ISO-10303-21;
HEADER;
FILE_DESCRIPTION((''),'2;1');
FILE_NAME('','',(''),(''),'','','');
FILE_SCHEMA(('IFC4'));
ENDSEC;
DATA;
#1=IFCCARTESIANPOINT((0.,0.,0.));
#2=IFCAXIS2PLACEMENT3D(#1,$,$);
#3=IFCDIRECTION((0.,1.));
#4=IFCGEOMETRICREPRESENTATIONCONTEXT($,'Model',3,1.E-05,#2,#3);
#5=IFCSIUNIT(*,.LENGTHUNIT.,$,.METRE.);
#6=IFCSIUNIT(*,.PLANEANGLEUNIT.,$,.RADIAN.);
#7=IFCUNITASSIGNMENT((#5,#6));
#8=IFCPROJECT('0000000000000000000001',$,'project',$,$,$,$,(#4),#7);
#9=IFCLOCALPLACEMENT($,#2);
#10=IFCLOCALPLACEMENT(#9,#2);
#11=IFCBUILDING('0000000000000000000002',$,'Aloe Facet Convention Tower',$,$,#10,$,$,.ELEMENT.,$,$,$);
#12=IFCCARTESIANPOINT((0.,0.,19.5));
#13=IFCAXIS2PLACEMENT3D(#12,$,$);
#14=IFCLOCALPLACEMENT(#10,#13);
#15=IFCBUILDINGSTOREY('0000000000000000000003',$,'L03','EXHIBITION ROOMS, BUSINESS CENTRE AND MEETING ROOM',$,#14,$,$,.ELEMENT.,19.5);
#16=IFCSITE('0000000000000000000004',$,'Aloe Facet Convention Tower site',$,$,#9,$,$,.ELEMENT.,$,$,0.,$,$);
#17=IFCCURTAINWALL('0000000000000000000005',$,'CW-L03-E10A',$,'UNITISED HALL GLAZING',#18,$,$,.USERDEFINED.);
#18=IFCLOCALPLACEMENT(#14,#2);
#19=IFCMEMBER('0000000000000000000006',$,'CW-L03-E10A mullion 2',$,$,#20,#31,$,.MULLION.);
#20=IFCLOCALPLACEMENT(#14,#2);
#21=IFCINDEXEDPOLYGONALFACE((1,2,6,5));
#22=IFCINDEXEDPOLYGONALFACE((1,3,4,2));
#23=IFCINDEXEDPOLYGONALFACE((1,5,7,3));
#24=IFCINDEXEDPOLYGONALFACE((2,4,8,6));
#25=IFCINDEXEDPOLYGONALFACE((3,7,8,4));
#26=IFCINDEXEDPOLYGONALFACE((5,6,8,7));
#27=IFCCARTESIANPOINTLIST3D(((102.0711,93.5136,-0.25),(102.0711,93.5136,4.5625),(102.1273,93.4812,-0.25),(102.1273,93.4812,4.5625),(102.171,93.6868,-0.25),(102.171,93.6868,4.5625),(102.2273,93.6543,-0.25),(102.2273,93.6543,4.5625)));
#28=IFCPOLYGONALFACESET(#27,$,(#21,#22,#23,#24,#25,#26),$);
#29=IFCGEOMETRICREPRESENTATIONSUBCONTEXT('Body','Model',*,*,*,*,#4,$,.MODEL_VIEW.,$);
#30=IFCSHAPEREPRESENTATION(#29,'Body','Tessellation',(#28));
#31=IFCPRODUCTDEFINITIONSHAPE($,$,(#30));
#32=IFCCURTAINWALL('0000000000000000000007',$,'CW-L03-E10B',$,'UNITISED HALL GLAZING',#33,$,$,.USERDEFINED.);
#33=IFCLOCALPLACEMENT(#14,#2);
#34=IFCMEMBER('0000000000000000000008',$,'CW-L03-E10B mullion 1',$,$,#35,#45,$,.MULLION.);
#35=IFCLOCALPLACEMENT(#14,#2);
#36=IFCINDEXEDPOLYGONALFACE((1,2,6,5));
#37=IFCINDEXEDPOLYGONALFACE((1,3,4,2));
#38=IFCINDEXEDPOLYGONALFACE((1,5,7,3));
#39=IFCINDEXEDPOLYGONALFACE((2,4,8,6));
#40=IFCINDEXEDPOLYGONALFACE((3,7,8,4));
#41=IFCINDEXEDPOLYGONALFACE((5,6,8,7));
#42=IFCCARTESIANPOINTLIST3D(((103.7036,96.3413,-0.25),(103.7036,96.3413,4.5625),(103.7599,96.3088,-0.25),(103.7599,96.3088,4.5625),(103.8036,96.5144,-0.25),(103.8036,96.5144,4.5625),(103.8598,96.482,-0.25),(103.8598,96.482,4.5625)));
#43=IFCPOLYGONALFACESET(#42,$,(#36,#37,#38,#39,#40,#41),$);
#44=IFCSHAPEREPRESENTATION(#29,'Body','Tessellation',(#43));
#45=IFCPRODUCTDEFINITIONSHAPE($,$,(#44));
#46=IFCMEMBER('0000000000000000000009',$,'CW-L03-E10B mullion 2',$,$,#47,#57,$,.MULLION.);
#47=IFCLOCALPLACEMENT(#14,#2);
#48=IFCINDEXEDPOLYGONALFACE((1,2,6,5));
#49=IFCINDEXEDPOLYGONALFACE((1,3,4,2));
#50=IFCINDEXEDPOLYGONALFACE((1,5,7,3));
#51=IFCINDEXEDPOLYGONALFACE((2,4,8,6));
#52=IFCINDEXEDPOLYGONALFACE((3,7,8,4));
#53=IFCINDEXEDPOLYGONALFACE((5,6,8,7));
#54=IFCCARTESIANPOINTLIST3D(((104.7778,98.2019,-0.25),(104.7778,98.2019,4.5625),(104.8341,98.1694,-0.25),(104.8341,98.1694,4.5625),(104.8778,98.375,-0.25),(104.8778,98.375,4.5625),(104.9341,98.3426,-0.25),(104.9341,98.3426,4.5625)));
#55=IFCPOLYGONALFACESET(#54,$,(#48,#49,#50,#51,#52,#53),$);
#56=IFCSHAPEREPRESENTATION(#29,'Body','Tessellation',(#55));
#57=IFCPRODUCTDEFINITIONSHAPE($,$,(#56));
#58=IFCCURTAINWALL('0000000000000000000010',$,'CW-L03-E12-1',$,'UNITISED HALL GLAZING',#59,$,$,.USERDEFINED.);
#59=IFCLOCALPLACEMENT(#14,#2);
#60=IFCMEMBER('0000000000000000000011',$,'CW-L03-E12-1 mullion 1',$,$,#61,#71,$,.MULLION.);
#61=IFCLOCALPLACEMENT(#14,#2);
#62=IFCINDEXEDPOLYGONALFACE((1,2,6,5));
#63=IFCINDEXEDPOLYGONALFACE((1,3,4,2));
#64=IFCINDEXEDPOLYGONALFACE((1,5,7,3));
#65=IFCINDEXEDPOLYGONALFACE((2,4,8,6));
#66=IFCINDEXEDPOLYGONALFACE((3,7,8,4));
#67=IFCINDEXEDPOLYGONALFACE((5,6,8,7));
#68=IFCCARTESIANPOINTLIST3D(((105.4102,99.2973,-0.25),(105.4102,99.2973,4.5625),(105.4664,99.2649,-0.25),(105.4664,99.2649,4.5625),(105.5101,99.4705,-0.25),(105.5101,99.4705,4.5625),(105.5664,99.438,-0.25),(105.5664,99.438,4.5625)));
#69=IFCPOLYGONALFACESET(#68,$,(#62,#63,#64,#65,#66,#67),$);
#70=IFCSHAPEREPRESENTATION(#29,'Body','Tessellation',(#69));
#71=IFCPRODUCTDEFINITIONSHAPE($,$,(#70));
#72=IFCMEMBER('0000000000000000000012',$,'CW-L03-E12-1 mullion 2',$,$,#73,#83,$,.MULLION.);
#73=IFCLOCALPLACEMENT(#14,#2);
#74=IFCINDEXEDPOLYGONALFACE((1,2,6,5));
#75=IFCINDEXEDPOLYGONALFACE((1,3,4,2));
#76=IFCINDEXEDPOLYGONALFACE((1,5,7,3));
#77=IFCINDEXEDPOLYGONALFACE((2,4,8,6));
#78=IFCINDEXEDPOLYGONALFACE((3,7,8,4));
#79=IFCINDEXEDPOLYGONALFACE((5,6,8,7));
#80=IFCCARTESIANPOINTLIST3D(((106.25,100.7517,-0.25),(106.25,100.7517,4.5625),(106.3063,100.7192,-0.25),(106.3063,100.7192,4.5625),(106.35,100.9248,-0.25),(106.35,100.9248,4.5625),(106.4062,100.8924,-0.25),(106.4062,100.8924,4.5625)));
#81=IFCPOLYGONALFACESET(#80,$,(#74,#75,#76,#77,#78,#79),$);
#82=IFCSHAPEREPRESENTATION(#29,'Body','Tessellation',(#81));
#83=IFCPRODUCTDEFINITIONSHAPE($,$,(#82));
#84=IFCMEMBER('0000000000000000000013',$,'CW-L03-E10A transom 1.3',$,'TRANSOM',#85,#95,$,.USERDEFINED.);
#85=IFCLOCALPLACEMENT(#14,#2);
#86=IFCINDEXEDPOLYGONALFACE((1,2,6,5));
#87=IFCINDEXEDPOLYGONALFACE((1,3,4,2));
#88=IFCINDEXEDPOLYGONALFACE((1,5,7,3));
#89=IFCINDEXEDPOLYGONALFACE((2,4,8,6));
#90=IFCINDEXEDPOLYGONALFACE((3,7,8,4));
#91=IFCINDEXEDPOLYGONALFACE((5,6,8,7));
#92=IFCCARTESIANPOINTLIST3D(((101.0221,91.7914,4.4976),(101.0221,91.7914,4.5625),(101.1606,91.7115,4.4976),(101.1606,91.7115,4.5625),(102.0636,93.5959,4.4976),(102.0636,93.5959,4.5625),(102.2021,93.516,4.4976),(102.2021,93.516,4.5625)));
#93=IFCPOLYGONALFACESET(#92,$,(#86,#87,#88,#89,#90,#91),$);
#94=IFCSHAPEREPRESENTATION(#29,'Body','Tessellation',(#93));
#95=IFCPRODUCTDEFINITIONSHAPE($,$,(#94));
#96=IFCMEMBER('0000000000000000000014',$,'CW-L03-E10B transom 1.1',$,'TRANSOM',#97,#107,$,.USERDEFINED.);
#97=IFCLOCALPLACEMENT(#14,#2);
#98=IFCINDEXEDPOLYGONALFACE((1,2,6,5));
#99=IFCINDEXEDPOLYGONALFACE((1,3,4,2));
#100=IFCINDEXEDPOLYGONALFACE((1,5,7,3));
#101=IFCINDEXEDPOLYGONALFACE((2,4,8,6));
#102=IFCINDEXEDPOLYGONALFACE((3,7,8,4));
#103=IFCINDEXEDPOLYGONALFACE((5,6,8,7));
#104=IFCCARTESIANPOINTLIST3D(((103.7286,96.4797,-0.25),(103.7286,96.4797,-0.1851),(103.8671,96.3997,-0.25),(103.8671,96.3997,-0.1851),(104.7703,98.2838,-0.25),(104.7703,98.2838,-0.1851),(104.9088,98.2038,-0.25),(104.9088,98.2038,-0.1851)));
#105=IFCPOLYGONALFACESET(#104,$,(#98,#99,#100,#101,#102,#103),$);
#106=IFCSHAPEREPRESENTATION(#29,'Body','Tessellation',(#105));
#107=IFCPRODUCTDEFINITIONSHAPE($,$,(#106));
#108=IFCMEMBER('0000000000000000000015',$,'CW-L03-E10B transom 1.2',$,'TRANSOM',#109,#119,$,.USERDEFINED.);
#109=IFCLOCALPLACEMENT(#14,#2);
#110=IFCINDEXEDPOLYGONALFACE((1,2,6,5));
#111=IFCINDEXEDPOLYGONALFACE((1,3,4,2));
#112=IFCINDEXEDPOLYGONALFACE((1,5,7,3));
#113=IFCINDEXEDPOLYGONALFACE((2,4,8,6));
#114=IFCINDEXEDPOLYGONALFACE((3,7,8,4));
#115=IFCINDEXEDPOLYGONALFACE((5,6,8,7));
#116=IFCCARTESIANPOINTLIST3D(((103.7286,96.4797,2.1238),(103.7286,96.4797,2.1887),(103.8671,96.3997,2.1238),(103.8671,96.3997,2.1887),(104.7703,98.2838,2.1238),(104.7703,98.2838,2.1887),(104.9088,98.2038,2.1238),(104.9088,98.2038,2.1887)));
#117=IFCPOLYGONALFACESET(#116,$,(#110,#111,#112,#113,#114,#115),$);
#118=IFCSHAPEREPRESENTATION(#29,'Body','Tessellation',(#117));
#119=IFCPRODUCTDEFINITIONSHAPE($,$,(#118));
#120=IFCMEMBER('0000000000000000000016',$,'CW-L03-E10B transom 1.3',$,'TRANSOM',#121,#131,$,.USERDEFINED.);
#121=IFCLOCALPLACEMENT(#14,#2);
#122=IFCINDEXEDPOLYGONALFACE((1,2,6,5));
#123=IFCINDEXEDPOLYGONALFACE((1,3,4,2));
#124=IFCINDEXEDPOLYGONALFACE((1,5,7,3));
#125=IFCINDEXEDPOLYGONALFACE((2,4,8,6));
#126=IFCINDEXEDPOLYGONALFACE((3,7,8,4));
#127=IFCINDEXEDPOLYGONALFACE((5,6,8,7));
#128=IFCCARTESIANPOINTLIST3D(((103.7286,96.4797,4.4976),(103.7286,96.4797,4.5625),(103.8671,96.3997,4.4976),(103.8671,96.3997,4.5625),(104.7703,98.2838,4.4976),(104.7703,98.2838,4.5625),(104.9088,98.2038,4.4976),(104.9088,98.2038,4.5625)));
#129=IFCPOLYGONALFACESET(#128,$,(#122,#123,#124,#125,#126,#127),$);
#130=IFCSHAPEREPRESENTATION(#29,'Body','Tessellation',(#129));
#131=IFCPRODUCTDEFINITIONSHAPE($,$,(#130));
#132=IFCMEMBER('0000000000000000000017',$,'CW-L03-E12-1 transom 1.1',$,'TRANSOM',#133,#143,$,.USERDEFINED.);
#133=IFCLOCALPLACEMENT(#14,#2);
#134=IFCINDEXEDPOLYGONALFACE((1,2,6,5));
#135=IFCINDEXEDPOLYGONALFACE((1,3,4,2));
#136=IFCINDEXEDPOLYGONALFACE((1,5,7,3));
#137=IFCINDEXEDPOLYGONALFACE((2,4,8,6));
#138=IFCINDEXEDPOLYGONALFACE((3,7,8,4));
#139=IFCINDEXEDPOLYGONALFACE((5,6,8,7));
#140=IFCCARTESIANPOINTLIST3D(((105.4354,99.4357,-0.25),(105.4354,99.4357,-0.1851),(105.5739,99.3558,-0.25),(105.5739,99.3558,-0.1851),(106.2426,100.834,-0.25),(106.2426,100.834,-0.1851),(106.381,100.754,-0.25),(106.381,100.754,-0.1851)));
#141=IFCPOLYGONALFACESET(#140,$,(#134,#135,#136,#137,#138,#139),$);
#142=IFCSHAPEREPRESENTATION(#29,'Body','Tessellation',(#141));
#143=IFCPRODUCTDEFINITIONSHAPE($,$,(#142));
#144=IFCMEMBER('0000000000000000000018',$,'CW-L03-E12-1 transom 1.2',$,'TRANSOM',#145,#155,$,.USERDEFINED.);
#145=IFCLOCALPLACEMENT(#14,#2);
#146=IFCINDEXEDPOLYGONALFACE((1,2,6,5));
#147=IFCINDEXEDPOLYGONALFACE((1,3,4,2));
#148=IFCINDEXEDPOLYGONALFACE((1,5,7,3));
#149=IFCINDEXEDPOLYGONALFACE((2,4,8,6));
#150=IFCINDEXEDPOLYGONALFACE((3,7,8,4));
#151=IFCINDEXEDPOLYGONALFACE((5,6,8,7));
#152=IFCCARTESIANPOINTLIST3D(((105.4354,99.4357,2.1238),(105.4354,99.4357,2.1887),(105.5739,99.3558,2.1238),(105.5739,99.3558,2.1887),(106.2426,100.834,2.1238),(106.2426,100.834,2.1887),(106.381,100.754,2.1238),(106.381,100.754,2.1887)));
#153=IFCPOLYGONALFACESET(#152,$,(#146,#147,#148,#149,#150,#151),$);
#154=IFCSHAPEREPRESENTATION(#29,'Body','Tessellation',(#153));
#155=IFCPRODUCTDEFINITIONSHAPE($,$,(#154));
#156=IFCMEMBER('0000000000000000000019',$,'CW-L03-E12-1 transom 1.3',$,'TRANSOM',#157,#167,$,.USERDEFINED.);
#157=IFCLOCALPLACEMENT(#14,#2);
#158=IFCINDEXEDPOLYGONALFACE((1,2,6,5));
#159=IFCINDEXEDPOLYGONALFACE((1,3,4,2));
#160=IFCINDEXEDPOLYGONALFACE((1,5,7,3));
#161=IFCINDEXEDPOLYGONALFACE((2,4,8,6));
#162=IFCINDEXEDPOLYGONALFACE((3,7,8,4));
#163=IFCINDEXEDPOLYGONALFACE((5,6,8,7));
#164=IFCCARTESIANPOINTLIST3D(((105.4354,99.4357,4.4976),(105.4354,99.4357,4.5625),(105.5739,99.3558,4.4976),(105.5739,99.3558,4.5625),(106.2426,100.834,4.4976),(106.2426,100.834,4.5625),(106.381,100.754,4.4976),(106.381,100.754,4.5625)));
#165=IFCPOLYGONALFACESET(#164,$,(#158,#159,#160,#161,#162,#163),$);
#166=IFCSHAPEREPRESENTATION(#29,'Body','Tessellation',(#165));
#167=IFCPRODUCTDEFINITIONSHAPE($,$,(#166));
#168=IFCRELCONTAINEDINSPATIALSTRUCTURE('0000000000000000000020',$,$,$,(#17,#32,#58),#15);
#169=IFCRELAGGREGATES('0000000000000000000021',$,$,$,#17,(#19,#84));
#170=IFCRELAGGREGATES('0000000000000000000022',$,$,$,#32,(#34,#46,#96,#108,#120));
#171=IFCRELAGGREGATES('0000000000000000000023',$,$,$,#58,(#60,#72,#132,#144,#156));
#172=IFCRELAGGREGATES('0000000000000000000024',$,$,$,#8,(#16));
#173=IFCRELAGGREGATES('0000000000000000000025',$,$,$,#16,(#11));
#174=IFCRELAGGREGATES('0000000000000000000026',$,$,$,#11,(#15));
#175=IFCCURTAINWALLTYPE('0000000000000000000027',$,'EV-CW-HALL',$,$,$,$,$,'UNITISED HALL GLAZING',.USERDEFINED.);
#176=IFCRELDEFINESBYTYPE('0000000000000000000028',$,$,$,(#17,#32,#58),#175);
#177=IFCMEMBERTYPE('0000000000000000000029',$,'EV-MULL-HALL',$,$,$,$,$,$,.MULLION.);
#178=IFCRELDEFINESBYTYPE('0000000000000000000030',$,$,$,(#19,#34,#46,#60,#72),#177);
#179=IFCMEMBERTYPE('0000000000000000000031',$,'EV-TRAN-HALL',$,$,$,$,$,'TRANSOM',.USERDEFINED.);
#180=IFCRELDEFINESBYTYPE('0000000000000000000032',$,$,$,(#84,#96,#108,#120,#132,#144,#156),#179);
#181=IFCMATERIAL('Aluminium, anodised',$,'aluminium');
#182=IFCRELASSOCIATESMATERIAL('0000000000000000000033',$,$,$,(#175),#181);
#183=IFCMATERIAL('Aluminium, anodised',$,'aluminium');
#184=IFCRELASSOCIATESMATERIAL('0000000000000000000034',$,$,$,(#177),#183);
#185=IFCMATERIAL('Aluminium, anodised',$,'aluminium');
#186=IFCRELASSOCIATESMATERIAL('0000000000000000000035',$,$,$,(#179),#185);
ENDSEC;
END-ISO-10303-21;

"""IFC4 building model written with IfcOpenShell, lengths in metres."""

from ifc_helpers import new_model, si_unit, direction, frame, origin, origin_2d, place, context, subcontext, project, spatial, rectangle, extrude, material, material_profile, profile_set, type_object, element, aggregate, save


model = new_model("IFC4")

# Units and contexts
model_context = context("Model", 3, precision=1e-05, world=origin(), true_north=direction((0.0, 1.0)))
body_context = subcontext(model_context, "Body", "Model", "MODEL_VIEW")
ifc_project = project(units=[si_unit("LENGTHUNIT", "METRE"), si_unit("PLANEANGLEUNIT", "RADIAN")], contexts=[model_context])

# Site, building, storey
site_placement = place(None, origin())
site = spatial("IfcSite", under=ifc_project, at=site_placement, Name="Aloe Facet Convention Tower site", CompositionType="ELEMENT", RefElevation=0.0)
building_placement = place(site_placement, origin())
building = spatial("IfcBuilding", under=site, at=building_placement, Name="Aloe Facet Convention Tower", CompositionType="ELEMENT")
storey_placement = place(building_placement, frame((0.0, 0.0, 19.5)))
storey = spatial("IfcBuildingStorey", under=building, at=storey_placement, Name="L03", Description="EXHIBITION ROOMS, BUSINESS CENTRE AND MEETING ROOM", CompositionType="ELEMENT", Elevation=19.5)

# Curtain wall, member
ifc_material_1 = material(Name="Aluminium, anodised", Category="aluminium")
curtain_wall_type = type_object("IfcCurtainWallType", Name="EV-CW-HALL", ElementType="UNITISED HALL GLAZING", PredefinedType="USERDEFINED", material=ifc_material_1)
curtain_wall_1_placement = place(storey_placement, origin())
curtain_wall_1 = element("IfcCurtainWall", 1, at=curtain_wall_1_placement, inside=storey, type_object=curtain_wall_type, Name="CW-L03-E10A", ObjectType="UNITISED HALL GLAZING", PredefinedType="USERDEFINED")
ifc_material_2 = material(Name="Aluminium, anodised", Category="aluminium")
ifc_material_profile_1 = material_profile(ifc_material_2, rectangle(XDim=0.0649, YDim=0.2, at=origin_2d()), Name="AL 65x200")
ifc_profile_set_1 = profile_set([ifc_material_profile_1], Name="Aluminium, anodised")
member_type_1 = type_object("IfcMemberType", Name="EV-MULL-HALL", PredefinedType="MULLION", material=ifc_profile_set_1)
member_1_placement = place(storey_placement, frame((102.1492, 93.584, -0.25), z_axis=(0.0, 0.0, 1.0), x_axis=(-0.866025, 0.5, 0.0)))
member_1 = element("IfcMember", 2, at=member_1_placement, type_object=member_type_1, Name="CW-L03-E10A mullion 2", PredefinedType="MULLION", context=body_context, shape_type="SweptSolid", body=[
    extrude(rectangle(XDim=0.0649, YDim=0.2, at=origin_2d()), origin(), (0.0, 0.0, 1.0), 4.8125),
])

# Curtain walls, members
curtain_wall_2_placement = place(storey_placement, origin())
curtain_wall_2 = element("IfcCurtainWall", 3, at=curtain_wall_2_placement, inside=storey, type_object=curtain_wall_type, Name="CW-L03-E10B", ObjectType="UNITISED HALL GLAZING", PredefinedType="USERDEFINED")
member_2_placement = place(storey_placement, frame((103.7817, 96.4116, -0.25), z_axis=(0.0, 0.0, 1.0), x_axis=(-0.866025, 0.5, 0.0)))
member_2 = element("IfcMember", 4, at=member_2_placement, type_object=member_type_1, Name="CW-L03-E10B mullion 1", PredefinedType="MULLION", context=body_context, shape_type="SweptSolid", body=[
    extrude(rectangle(XDim=0.0649, YDim=0.2, at=origin_2d()), origin(), (0.0, 0.0, 1.0), 4.8125),
])
member_3_placement = place(storey_placement, frame((104.856, 98.2722, -0.25), z_axis=(0.0, 0.0, 1.0), x_axis=(-0.866025, 0.5, 0.0)))
member_3 = element("IfcMember", 5, at=member_3_placement, type_object=member_type_1, Name="CW-L03-E10B mullion 2", PredefinedType="MULLION", context=body_context, shape_type="SweptSolid", body=[
    extrude(rectangle(XDim=0.0649, YDim=0.2, at=origin_2d()), origin(), (0.0, 0.0, 1.0), 4.8125),
])
curtain_wall_3_placement = place(storey_placement, origin())
curtain_wall_3 = element("IfcCurtainWall", 6, at=curtain_wall_3_placement, inside=storey, type_object=curtain_wall_type, Name="CW-L03-E12-1", ObjectType="UNITISED HALL GLAZING", PredefinedType="USERDEFINED")
member_4_placement = place(storey_placement, frame((105.4883, 99.3677, -0.25), z_axis=(0.0, 0.0, 1.0), x_axis=(-0.866025, 0.5, 0.0)))
member_4 = element("IfcMember", 7, at=member_4_placement, type_object=member_type_1, Name="CW-L03-E12-1 mullion 1", PredefinedType="MULLION", context=body_context, shape_type="SweptSolid", body=[
    extrude(rectangle(XDim=0.0649, YDim=0.2, at=origin_2d()), origin(), (0.0, 0.0, 1.0), 4.8125),
])
member_5_placement = place(storey_placement, frame((106.3281, 100.822, -0.25), z_axis=(0.0, 0.0, 1.0), x_axis=(-0.866025, 0.5, 0.0)))
member_5 = element("IfcMember", 8, at=member_5_placement, type_object=member_type_1, Name="CW-L03-E12-1 mullion 2", PredefinedType="MULLION", context=body_context, shape_type="SweptSolid", body=[
    extrude(rectangle(XDim=0.0649, YDim=0.2, at=origin_2d()), origin(), (0.0, 0.0, 1.0), 4.8125),
])

# Members
ifc_material_3 = material(Name="Aluminium, anodised", Category="aluminium")
ifc_material_profile_2 = material_profile(ifc_material_3, rectangle(XDim=0.1599, YDim=0.0649, at=origin_2d()), Name="AL 160x65")
ifc_profile_set_2 = profile_set([ifc_material_profile_2], Name="Aluminium, anodised")
member_type_2 = type_object("IfcMemberType", Name="EV-TRAN-HALL", ElementType="TRANSOM", PredefinedType="USERDEFINED", material=ifc_profile_set_2)
member_6_placement = place(storey_placement, frame((101.0913, 91.7515, 4.53), z_axis=(0.499895, 0.866086, 0.0), x_axis=(-0.866086, 0.499895, 0.0)))
member_6 = element("IfcMember", 9, at=member_6_placement, type_object=member_type_2, Name="CW-L03-E10A transom 1.3", ObjectType="TRANSOM", PredefinedType="USERDEFINED", context=body_context, shape_type="SweptSolid", body=[
    extrude(rectangle(XDim=0.1599, YDim=0.0649, at=origin_2d()), origin(), (0.0, 0.0, 1.0), 2.0835),
])
member_7_placement = place(storey_placement, frame((103.7979, 96.4397, -0.2175), z_axis=(0.500034, 0.866006, 0.0), x_axis=(-0.866006, 0.500034, 0.0)))
member_7 = element("IfcMember", 10, at=member_7_placement, type_object=member_type_2, Name="CW-L03-E10B transom 1.1", ObjectType="TRANSOM", PredefinedType="USERDEFINED", context=body_context, shape_type="SweptSolid", body=[
    extrude(rectangle(XDim=0.1599, YDim=0.0649, at=origin_2d()), origin(), (0.0, 0.0, 1.0), 2.0833),
])
member_8_placement = place(storey_placement, frame((103.7979, 96.4397, 2.1562), z_axis=(0.500034, 0.866006, 0.0), x_axis=(-0.866006, 0.500034, 0.0)))
member_8 = element("IfcMember", 11, at=member_8_placement, type_object=member_type_2, Name="CW-L03-E10B transom 1.2", ObjectType="TRANSOM", PredefinedType="USERDEFINED", context=body_context, shape_type="SweptSolid", body=[
    extrude(rectangle(XDim=0.1599, YDim=0.0649, at=origin_2d()), origin(), (0.0, 0.0, 1.0), 2.0833),
])
member_9_placement = place(storey_placement, frame((103.7979, 96.4397, 4.53), z_axis=(0.500034, 0.866006, 0.0), x_axis=(-0.866006, 0.500034, 0.0)))
member_9 = element("IfcMember", 12, at=member_9_placement, type_object=member_type_2, Name="CW-L03-E10B transom 1.3", ObjectType="TRANSOM", PredefinedType="USERDEFINED", context=body_context, shape_type="SweptSolid", body=[
    extrude(rectangle(XDim=0.1599, YDim=0.0649, at=origin_2d()), origin(), (0.0, 0.0, 1.0), 2.0833),
])
member_10_placement = place(storey_placement, frame((105.5046, 99.3958, -0.2175), z_axis=(0.499945, 0.866057, 0.0), x_axis=(-0.866057, 0.499945, 0.0)))
member_10 = element("IfcMember", 13, at=member_10_placement, type_object=member_type_2, Name="CW-L03-E12-1 transom 1.1", ObjectType="TRANSOM", PredefinedType="USERDEFINED", context=body_context, shape_type="SweptSolid", body=[
    extrude(rectangle(XDim=0.1599, YDim=0.0649, at=origin_2d()), origin(), (0.0, 0.0, 1.0), 1.6145),
])
member_11_placement = place(storey_placement, frame((105.5046, 99.3958, 2.1562), z_axis=(0.499945, 0.866057, 0.0), x_axis=(-0.866057, 0.499945, 0.0)))
member_11 = element("IfcMember", 14, at=member_11_placement, type_object=member_type_2, Name="CW-L03-E12-1 transom 1.2", ObjectType="TRANSOM", PredefinedType="USERDEFINED", context=body_context, shape_type="SweptSolid", body=[
    extrude(rectangle(XDim=0.1599, YDim=0.0649, at=origin_2d()), origin(), (0.0, 0.0, 1.0), 1.6145),
])
member_12_placement = place(storey_placement, frame((105.5046, 99.3958, 4.53), z_axis=(0.499945, 0.866057, 0.0), x_axis=(-0.866057, 0.499945, 0.0)))
member_12 = element("IfcMember", 15, at=member_12_placement, type_object=member_type_2, Name="CW-L03-E12-1 transom 1.3", ObjectType="TRANSOM", PredefinedType="USERDEFINED", context=body_context, shape_type="SweptSolid", body=[
    extrude(rectangle(XDim=0.1599, YDim=0.0649, at=origin_2d()), origin(), (0.0, 0.0, 1.0), 1.6145),
])

aggregate(curtain_wall_1, [member_1, member_6])
aggregate(curtain_wall_2, [member_2, member_3, member_7, member_8, member_9])
aggregate(curtain_wall_3, [member_4, member_5, member_10, member_11, member_12])

save(model, "model.ifc")
